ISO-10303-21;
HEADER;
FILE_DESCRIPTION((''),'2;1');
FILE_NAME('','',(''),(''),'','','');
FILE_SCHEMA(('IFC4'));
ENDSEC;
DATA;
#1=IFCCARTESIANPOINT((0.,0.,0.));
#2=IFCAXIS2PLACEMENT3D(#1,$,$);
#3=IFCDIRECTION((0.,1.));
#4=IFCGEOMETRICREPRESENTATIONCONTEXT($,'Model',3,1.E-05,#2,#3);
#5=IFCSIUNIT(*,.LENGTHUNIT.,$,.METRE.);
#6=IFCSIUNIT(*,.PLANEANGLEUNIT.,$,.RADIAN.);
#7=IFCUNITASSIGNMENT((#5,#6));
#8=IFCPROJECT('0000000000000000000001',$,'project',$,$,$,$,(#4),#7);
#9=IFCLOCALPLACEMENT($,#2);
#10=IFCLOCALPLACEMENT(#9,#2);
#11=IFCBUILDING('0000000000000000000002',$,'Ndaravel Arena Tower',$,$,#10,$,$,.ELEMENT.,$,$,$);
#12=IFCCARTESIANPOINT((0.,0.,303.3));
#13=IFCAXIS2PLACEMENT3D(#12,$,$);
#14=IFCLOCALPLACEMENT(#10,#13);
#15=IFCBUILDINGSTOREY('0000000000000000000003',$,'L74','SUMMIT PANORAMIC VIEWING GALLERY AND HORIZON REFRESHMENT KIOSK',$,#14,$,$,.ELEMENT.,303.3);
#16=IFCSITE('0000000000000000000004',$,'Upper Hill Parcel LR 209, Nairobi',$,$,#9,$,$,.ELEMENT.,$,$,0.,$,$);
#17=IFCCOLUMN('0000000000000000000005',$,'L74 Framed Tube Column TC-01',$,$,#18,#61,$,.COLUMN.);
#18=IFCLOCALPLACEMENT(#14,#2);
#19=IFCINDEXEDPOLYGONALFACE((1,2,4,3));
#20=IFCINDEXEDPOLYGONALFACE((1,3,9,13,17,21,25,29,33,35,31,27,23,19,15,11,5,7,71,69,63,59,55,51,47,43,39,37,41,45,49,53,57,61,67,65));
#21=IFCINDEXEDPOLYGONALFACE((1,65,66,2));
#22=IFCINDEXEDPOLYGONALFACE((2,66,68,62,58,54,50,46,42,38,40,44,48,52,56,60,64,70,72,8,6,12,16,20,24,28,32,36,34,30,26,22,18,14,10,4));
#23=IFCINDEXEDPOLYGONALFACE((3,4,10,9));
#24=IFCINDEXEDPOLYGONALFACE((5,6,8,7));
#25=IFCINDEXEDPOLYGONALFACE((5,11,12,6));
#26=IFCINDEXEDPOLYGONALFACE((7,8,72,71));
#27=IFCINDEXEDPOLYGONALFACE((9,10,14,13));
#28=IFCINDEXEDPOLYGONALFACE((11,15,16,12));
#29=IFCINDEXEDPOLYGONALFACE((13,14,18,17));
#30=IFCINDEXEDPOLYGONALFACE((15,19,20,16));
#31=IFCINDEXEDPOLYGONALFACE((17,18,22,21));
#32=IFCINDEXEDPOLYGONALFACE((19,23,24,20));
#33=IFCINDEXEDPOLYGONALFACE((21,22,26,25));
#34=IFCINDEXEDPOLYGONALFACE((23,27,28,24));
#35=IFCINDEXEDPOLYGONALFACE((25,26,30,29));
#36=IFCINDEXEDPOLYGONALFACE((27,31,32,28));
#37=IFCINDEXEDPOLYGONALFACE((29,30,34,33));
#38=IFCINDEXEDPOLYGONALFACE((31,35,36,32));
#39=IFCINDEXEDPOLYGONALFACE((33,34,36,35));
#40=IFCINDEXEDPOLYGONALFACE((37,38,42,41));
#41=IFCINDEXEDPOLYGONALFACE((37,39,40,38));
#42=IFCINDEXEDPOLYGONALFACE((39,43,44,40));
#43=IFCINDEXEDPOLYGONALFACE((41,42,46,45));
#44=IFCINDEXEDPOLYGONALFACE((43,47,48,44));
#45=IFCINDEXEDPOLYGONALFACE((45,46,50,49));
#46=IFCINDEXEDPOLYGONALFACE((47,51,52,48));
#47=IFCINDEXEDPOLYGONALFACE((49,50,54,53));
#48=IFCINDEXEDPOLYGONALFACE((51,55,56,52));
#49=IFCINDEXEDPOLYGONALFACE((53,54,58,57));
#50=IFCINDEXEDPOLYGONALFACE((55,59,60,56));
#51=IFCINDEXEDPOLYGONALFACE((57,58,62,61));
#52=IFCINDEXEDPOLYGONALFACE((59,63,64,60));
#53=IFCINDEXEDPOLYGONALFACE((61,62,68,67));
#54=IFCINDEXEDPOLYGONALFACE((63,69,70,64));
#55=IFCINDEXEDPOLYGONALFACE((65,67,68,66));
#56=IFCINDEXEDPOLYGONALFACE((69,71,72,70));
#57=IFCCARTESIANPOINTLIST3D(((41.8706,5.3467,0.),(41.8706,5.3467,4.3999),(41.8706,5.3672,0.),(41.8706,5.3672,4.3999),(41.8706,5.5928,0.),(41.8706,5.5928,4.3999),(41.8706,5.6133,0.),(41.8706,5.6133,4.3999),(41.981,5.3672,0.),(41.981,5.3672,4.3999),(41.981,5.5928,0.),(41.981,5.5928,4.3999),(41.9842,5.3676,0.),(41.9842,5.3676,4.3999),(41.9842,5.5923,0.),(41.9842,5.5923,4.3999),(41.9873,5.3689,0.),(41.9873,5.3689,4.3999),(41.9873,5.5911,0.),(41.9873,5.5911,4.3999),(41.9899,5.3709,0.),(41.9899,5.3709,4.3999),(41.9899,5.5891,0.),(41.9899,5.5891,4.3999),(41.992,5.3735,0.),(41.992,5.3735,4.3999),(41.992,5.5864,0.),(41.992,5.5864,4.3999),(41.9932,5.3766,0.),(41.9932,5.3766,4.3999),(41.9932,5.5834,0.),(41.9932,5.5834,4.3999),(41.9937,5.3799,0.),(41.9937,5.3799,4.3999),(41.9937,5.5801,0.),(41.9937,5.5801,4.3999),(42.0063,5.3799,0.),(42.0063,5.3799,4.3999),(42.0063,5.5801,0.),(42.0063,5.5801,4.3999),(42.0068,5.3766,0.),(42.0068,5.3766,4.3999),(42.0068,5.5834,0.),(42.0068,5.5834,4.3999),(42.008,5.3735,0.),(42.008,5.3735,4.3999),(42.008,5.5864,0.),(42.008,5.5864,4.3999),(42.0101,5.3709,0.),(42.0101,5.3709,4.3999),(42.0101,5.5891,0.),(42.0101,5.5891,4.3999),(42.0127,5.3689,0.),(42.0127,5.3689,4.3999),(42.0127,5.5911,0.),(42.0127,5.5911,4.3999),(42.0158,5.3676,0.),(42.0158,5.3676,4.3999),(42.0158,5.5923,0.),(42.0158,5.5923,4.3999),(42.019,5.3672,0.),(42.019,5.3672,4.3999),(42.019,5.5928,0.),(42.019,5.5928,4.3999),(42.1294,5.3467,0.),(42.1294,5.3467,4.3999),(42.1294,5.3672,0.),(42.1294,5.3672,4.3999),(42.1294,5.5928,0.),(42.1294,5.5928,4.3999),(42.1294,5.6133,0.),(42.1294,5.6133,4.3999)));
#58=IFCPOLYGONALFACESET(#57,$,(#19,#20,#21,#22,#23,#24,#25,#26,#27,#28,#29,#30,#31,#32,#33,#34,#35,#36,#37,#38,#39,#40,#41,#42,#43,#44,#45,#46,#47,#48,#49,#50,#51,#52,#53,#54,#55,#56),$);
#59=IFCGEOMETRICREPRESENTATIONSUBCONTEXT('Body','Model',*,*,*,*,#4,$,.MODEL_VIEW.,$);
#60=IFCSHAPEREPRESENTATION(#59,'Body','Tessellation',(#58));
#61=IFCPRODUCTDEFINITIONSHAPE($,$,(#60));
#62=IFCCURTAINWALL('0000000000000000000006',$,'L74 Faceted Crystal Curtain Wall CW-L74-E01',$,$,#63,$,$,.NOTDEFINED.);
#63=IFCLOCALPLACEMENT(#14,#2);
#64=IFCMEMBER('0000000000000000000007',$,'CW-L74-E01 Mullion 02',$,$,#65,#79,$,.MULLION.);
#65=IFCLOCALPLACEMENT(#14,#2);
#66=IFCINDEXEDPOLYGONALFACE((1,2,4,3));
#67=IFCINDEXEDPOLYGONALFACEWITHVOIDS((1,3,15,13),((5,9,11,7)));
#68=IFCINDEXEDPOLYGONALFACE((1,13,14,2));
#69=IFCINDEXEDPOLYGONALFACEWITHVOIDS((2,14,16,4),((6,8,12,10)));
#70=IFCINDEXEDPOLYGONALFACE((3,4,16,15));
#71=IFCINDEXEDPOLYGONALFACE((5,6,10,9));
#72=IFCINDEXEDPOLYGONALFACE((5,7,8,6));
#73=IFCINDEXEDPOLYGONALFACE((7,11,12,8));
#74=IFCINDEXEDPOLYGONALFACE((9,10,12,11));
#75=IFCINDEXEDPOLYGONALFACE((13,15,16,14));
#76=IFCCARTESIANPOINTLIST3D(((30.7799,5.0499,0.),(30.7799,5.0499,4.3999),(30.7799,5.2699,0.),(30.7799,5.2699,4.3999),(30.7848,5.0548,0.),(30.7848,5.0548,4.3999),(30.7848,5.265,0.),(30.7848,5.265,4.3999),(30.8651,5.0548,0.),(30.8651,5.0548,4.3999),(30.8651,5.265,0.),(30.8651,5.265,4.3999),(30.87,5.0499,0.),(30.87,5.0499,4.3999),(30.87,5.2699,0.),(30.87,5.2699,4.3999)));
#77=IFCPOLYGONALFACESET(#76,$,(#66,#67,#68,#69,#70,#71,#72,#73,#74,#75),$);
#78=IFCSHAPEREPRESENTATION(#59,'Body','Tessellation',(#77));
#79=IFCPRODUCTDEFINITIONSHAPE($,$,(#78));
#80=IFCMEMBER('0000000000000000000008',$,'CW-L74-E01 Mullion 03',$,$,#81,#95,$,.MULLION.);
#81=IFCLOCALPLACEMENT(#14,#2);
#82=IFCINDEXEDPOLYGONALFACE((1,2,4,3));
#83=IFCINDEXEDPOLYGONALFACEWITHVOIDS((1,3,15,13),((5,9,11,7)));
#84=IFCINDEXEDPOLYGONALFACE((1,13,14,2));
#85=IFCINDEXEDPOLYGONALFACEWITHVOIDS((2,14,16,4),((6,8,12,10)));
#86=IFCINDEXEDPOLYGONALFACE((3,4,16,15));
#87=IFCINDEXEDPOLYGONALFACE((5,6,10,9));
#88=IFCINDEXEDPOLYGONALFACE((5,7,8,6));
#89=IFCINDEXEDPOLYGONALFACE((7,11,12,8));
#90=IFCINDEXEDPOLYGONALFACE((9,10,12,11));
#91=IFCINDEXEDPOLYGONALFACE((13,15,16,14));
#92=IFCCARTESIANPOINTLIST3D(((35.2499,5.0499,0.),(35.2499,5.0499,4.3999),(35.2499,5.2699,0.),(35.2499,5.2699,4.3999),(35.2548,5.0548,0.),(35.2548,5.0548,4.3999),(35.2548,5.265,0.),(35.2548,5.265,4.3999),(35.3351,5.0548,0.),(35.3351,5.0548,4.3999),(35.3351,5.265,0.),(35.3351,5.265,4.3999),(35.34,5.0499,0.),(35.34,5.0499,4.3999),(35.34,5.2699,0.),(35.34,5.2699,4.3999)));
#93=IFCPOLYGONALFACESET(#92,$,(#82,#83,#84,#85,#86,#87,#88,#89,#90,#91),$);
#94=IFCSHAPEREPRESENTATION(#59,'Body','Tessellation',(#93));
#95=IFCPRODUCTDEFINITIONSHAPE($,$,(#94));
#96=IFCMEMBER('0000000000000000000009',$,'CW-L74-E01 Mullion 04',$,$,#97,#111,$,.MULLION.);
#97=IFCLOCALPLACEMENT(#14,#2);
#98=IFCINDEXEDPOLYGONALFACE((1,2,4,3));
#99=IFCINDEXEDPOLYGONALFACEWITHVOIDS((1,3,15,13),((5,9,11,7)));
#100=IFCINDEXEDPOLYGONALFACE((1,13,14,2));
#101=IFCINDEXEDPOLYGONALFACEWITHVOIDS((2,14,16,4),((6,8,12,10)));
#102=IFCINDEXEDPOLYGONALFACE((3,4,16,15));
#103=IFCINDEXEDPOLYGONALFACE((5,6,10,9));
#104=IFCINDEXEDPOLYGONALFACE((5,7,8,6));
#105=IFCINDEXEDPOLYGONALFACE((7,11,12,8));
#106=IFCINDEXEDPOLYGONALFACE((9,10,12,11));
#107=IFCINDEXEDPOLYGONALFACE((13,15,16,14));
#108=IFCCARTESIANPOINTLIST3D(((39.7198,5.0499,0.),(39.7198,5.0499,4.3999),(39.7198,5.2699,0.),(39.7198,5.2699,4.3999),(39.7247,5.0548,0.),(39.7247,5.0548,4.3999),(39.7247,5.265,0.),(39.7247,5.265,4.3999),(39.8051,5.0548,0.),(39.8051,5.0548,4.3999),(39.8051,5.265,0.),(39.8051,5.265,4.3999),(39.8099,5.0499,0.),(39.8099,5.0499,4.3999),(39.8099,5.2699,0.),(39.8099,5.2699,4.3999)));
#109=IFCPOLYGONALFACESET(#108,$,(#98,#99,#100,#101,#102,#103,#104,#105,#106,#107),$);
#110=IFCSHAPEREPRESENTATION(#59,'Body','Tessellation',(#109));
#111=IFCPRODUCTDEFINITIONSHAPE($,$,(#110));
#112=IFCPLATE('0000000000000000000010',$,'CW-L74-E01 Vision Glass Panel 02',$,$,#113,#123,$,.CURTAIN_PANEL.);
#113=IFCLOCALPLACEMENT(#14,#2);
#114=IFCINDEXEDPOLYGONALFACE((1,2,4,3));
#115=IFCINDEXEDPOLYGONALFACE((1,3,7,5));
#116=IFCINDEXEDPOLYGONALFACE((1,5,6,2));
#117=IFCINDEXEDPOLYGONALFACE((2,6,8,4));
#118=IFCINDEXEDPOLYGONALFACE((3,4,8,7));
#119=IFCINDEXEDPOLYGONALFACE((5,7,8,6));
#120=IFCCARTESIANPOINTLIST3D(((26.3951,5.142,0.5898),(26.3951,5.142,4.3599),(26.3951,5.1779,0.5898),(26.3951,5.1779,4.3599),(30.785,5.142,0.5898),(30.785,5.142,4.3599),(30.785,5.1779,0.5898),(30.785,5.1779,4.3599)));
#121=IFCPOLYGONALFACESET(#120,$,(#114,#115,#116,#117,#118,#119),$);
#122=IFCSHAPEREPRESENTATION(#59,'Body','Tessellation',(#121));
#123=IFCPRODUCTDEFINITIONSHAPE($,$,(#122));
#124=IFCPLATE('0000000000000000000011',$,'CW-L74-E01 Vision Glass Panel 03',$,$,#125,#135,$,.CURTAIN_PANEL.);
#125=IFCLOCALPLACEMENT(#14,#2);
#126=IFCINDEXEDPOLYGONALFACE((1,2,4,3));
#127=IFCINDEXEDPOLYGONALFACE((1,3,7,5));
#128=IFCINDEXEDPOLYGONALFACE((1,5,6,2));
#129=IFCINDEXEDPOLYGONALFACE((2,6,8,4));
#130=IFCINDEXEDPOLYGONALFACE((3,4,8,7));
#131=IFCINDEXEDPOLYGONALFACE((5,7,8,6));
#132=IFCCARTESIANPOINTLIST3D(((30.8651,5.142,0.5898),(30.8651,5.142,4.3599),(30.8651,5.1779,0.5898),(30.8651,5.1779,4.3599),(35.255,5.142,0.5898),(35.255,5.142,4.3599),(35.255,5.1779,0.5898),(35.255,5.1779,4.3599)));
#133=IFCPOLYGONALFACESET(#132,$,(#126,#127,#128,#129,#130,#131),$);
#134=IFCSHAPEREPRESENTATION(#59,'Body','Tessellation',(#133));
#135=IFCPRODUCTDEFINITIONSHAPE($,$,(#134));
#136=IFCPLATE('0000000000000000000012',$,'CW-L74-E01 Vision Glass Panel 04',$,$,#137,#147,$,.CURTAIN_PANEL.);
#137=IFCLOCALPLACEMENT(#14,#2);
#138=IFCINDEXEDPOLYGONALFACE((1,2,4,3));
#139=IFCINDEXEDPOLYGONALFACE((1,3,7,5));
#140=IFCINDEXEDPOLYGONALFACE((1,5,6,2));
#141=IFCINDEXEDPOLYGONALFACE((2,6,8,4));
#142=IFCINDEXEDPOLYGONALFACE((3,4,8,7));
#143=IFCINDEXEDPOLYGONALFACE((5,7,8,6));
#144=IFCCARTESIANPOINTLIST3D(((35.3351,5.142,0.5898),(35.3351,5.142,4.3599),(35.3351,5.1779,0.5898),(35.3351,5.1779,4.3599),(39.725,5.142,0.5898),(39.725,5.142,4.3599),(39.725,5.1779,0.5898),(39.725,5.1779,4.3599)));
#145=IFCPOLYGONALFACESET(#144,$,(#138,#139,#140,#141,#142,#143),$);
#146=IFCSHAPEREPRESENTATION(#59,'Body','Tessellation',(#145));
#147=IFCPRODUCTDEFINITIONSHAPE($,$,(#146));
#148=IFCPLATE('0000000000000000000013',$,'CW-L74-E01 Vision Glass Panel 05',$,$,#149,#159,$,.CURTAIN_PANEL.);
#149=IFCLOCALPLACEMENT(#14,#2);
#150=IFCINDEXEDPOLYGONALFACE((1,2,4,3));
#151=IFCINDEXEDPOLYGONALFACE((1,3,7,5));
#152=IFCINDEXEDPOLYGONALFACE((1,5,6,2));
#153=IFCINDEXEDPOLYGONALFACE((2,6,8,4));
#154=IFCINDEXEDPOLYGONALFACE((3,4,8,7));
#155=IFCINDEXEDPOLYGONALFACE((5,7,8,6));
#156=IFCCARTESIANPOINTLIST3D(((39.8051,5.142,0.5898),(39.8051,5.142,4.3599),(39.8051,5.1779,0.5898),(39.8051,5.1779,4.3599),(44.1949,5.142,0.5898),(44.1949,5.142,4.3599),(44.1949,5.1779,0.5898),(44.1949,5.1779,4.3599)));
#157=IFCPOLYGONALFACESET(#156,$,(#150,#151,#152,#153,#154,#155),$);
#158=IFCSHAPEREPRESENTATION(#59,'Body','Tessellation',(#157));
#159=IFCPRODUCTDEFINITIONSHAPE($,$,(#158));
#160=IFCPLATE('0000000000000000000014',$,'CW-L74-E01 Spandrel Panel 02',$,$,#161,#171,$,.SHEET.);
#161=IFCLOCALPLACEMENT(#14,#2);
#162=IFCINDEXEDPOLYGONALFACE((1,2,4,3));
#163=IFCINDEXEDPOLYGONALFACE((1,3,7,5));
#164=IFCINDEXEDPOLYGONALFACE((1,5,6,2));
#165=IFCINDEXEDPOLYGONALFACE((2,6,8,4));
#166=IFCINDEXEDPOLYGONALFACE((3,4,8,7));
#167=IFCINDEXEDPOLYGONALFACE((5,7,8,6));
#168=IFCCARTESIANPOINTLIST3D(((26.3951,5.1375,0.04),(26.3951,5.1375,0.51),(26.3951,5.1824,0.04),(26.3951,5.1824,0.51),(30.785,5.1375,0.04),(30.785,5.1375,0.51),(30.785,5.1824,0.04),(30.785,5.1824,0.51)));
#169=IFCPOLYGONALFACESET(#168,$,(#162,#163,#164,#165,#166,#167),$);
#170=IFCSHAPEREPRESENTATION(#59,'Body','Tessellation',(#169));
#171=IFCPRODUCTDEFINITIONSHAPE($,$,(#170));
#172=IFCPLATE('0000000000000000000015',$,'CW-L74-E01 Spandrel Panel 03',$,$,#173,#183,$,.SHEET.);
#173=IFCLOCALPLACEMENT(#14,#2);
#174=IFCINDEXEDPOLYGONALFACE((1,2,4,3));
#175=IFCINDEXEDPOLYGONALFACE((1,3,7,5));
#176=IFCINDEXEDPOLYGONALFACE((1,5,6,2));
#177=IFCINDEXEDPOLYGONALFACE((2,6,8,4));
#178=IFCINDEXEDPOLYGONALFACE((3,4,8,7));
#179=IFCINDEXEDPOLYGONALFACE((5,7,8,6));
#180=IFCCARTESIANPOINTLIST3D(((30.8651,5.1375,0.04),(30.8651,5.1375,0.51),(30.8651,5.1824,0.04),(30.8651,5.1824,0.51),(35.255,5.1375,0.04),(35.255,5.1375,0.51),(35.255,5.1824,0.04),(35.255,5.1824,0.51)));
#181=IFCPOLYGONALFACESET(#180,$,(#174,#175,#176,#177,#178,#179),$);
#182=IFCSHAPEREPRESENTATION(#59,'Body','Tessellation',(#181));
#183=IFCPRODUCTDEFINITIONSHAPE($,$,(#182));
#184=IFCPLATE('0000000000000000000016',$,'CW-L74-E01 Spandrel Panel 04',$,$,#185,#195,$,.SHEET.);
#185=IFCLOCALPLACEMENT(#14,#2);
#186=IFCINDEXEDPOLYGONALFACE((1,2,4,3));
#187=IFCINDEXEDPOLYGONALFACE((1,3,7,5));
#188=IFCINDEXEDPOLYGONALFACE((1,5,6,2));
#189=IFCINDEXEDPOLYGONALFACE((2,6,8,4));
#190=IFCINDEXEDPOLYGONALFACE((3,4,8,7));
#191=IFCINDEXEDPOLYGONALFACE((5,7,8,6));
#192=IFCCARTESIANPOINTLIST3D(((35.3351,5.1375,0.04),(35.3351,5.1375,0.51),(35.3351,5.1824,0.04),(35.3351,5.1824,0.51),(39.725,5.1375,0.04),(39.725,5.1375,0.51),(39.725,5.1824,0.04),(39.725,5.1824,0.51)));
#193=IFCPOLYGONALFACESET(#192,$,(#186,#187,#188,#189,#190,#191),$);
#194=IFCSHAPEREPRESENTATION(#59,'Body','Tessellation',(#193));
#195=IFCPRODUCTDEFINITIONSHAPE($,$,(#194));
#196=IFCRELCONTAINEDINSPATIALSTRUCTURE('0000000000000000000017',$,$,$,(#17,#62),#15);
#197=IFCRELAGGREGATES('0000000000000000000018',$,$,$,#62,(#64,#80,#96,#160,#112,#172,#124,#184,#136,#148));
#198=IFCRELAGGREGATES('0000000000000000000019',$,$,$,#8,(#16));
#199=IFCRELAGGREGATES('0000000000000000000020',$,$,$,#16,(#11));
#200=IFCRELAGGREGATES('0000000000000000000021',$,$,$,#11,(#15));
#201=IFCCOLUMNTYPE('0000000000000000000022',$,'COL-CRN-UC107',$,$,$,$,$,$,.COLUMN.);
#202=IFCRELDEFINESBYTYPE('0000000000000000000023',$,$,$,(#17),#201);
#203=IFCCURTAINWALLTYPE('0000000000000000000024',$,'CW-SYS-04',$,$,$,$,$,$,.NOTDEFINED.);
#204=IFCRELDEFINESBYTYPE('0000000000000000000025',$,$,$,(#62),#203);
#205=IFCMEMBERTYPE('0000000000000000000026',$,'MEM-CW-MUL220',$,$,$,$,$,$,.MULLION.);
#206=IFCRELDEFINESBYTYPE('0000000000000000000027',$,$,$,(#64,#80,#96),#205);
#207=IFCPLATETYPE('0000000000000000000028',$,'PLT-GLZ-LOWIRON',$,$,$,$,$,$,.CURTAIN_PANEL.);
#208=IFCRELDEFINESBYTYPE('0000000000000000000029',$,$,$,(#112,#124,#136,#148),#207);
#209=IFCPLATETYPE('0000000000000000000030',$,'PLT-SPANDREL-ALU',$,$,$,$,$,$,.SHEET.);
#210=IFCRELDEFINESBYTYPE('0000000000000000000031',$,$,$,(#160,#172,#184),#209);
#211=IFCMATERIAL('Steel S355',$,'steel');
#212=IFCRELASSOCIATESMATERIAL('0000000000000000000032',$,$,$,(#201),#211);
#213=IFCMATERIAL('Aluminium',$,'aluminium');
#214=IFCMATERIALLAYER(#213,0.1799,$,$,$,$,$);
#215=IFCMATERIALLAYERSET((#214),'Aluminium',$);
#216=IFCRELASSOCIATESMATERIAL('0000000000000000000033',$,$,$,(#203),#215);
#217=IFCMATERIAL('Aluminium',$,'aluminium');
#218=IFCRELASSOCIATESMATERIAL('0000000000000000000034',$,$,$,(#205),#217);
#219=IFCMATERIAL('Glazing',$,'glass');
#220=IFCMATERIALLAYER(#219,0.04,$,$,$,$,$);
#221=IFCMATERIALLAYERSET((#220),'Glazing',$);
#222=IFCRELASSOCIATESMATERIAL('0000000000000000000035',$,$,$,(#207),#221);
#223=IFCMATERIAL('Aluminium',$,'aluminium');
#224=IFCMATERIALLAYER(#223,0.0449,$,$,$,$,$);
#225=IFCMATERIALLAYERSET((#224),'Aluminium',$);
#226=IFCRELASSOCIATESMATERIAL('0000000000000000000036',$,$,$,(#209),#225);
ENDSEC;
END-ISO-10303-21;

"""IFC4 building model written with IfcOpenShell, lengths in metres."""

from ifc_helpers import new_model, si_unit, direction, frame, origin, origin_2d, place, context, subcontext, project, spatial, rectangle, hollow_rectangle, i_section, extrude, material, layer, layer_set, material_profile, profile_set, type_object, element, aggregate, save


model = new_model("IFC4")

# Units and contexts
model_context = context("Model", 3, precision=1e-05, world=origin(), true_north=direction((0.0, 1.0)))
body_context = subcontext(model_context, "Body", "Model", "MODEL_VIEW")
ifc_project = project(units=[si_unit("LENGTHUNIT", "METRE"), si_unit("PLANEANGLEUNIT", "RADIAN")], contexts=[model_context])

# Site, building, storey
site_placement = place(None, origin())
site = spatial("IfcSite", under=ifc_project, at=site_placement, Name="Upper Hill Parcel LR 209, Nairobi", CompositionType="ELEMENT", RefElevation=0.0)
building_placement = place(site_placement, origin())
building = spatial("IfcBuilding", under=site, at=building_placement, Name="Ndaravel Arena Tower", CompositionType="ELEMENT")
storey_placement = place(building_placement, frame((0.0, 0.0, 303.3)))
storey = spatial("IfcBuildingStorey", under=building, at=storey_placement, Name="L74", Description="SUMMIT PANORAMIC VIEWING GALLERY AND HORIZON REFRESHMENT KIOSK", CompositionType="ELEMENT", Elevation=303.3)

# Column
ifc_material_1 = material(Name="Steel S355", Category="steel")
ifc_material_profile_1 = material_profile(ifc_material_1, i_section(OverallWidth=0.2588, OverallDepth=0.2666, WebThickness=0.0127, FlangeThickness=0.0205, FilletRadius=0.0127, at=origin_2d()), Name="UC 254x254x107")
ifc_profile_set_1 = profile_set([ifc_material_profile_1], Name="Steel S355")
column_type = type_object("IfcColumnType", Name="COL-CRN-UC107", PredefinedType="COLUMN", material=ifc_profile_set_1)
column_placement = place(storey_placement, frame((42.0, 5.48, 0.0), z_axis=(0.0, 0.0, 1.0), x_axis=(1.0, 0.0, 0.0)))
element("IfcColumn", 1, at=column_placement, inside=storey, type_object=column_type, Name="L74 Framed Tube Column TC-01", PredefinedType="COLUMN", context=body_context, shape_type="SweptSolid", body=[
    extrude(i_section(OverallWidth=0.2588, OverallDepth=0.2666, WebThickness=0.0127, FlangeThickness=0.0205, FilletRadius=0.0127, at=origin_2d()), origin(), (0.0, 0.0, 1.0), 4.3999),
])

# Curtain wall, members, plates
ifc_material_2 = material(Name="Aluminium", Category="aluminium")
ifc_layer_1 = layer(ifc_material_2, 0.1799)
ifc_layer_set_1 = layer_set([ifc_layer_1], Name="Aluminium")
curtain_wall_type = type_object("IfcCurtainWallType", Name="CW-SYS-04", PredefinedType="NOTDEFINED", material=ifc_layer_set_1)
curtain_wall_placement = place(storey_placement, origin())
curtain_wall = element("IfcCurtainWall", 2, at=curtain_wall_placement, inside=storey, type_object=curtain_wall_type, Name="L74 Faceted Crystal Curtain Wall CW-L74-E01", PredefinedType="NOTDEFINED")
ifc_material_3 = material(Name="Aluminium", Category="aluminium")
ifc_material_profile_2 = material_profile(ifc_material_3, hollow_rectangle(XDim=0.0901, YDim=0.22, WallThickness=0.0049, at=origin_2d()), Name="CW MULLION 90x220x5")
ifc_profile_set_2 = profile_set([ifc_material_profile_2], Name="Aluminium")
member_type = type_object("IfcMemberType", Name="MEM-CW-MUL220", PredefinedType="MULLION", material=ifc_profile_set_2)
member_1_placement = place(storey_placement, frame((30.825, 5.1599, 0.0), z_axis=(0.0, 0.0, 1.0), x_axis=(1.0, 0.0, 0.0)))
member_1 = element("IfcMember", 3, at=member_1_placement, type_object=member_type, Name="CW-L74-E01 Mullion 02", PredefinedType="MULLION", context=body_context, shape_type="SweptSolid", body=[
    extrude(hollow_rectangle(XDim=0.0901, YDim=0.22, WallThickness=0.0049, at=origin_2d()), origin(), (0.0, 0.0, 1.0), 4.3999),
])
member_2_placement = place(storey_placement, frame((35.2949, 5.1599, 0.0), z_axis=(0.0, 0.0, 1.0), x_axis=(1.0, 0.0, 0.0)))
member_2 = element("IfcMember", 4, at=member_2_placement, type_object=member_type, Name="CW-L74-E01 Mullion 03", PredefinedType="MULLION", context=body_context, shape_type="SweptSolid", body=[
    extrude(hollow_rectangle(XDim=0.0901, YDim=0.22, WallThickness=0.0049, at=origin_2d()), origin(), (0.0, 0.0, 1.0), 4.3999),
])
member_3_placement = place(storey_placement, frame((39.7649, 5.1599, 0.0), z_axis=(0.0, 0.0, 1.0), x_axis=(1.0, 0.0, 0.0)))
member_3 = element("IfcMember", 5, at=member_3_placement, type_object=member_type, Name="CW-L74-E01 Mullion 04", PredefinedType="MULLION", context=body_context, shape_type="SweptSolid", body=[
    extrude(hollow_rectangle(XDim=0.0901, YDim=0.22, WallThickness=0.0049, at=origin_2d()), origin(), (0.0, 0.0, 1.0), 4.3999),
])
ifc_material_4 = material(Name="Glazing", Category="glass")
ifc_layer_2 = layer(ifc_material_4, 0.04)
ifc_layer_set_2 = layer_set([ifc_layer_2], Name="Glazing")
plate_type_1 = type_object("IfcPlateType", Name="PLT-GLZ-LOWIRON", PredefinedType="CURTAIN_PANEL", material=ifc_layer_set_2)
plate_1_placement = place(storey_placement, frame((28.5901, 5.1599, 0.5898), z_axis=(0.0, 0.0, 1.0), x_axis=(1.0, 0.0, 0.0)))
plate_1 = element("IfcPlate", 6, at=plate_1_placement, type_object=plate_type_1, Name="CW-L74-E01 Vision Glass Panel 02", PredefinedType="CURTAIN_PANEL", context=body_context, shape_type="SweptSolid", body=[
    extrude(rectangle(XDim=4.3899, YDim=0.0359, at=origin_2d()), origin(), (0.0, 0.0, 1.0), 3.77),
])
plate_2_placement = place(storey_placement, frame((33.0601, 5.1599, 0.5898), z_axis=(0.0, 0.0, 1.0), x_axis=(1.0, 0.0, 0.0)))
plate_2 = element("IfcPlate", 7, at=plate_2_placement, type_object=plate_type_1, Name="CW-L74-E01 Vision Glass Panel 03", PredefinedType="CURTAIN_PANEL", context=body_context, shape_type="SweptSolid", body=[
    extrude(rectangle(XDim=4.3899, YDim=0.0359, at=origin_2d()), origin(), (0.0, 0.0, 1.0), 3.77),
])
plate_3_placement = place(storey_placement, frame((37.53, 5.1599, 0.5898), z_axis=(0.0, 0.0, 1.0), x_axis=(1.0, 0.0, 0.0)))
plate_3 = element("IfcPlate", 8, at=plate_3_placement, type_object=plate_type_1, Name="CW-L74-E01 Vision Glass Panel 04", PredefinedType="CURTAIN_PANEL", context=body_context, shape_type="SweptSolid", body=[
    extrude(rectangle(XDim=4.3899, YDim=0.0359, at=origin_2d()), origin(), (0.0, 0.0, 1.0), 3.77),
])
plate_4_placement = place(storey_placement, frame((42.0, 5.1599, 0.5898), z_axis=(0.0, 0.0, 1.0), x_axis=(1.0, 0.0, 0.0)))
plate_4 = element("IfcPlate", 9, at=plate_4_placement, type_object=plate_type_1, Name="CW-L74-E01 Vision Glass Panel 05", PredefinedType="CURTAIN_PANEL", context=body_context, shape_type="SweptSolid", body=[
    extrude(rectangle(XDim=4.3899, YDim=0.0359, at=origin_2d()), origin(), (0.0, 0.0, 1.0), 3.77),
])
ifc_material_5 = material(Name="Aluminium", Category="aluminium")
ifc_layer_3 = layer(ifc_material_5, 0.0449)
ifc_layer_set_3 = layer_set([ifc_layer_3], Name="Aluminium")
plate_type_2 = type_object("IfcPlateType", Name="PLT-SPANDREL-ALU", PredefinedType="SHEET", material=ifc_layer_set_3)
plate_5_placement = place(storey_placement, frame((28.5901, 5.1599, 0.04), z_axis=(0.0, 0.0, 1.0), x_axis=(1.0, 0.0, 0.0)))
plate_5 = element("IfcPlate", 10, at=plate_5_placement, type_object=plate_type_2, Name="CW-L74-E01 Spandrel Panel 02", PredefinedType="SHEET", context=body_context, shape_type="SweptSolid", body=[
    extrude(rectangle(XDim=4.3899, YDim=0.0449, at=origin_2d()), origin(), (0.0, 0.0, 1.0), 0.47),
])
plate_6_placement = place(storey_placement, frame((33.0601, 5.1599, 0.04), z_axis=(0.0, 0.0, 1.0), x_axis=(1.0, 0.0, 0.0)))
plate_6 = element("IfcPlate", 11, at=plate_6_placement, type_object=plate_type_2, Name="CW-L74-E01 Spandrel Panel 03", PredefinedType="SHEET", context=body_context, shape_type="SweptSolid", body=[
    extrude(rectangle(XDim=4.3899, YDim=0.0449, at=origin_2d()), origin(), (0.0, 0.0, 1.0), 0.47),
])
plate_7_placement = place(storey_placement, frame((37.53, 5.1599, 0.04), z_axis=(0.0, 0.0, 1.0), x_axis=(1.0, 0.0, 0.0)))
plate_7 = element("IfcPlate", 12, at=plate_7_placement, type_object=plate_type_2, Name="CW-L74-E01 Spandrel Panel 04", PredefinedType="SHEET", context=body_context, shape_type="SweptSolid", body=[
    extrude(rectangle(XDim=4.3899, YDim=0.0449, at=origin_2d()), origin(), (0.0, 0.0, 1.0), 0.47),
])
aggregate(curtain_wall, [member_1, member_2, member_3, plate_5, plate_1, plate_6, plate_2, plate_7, plate_3, plate_4])

save(model, "model.ifc")
